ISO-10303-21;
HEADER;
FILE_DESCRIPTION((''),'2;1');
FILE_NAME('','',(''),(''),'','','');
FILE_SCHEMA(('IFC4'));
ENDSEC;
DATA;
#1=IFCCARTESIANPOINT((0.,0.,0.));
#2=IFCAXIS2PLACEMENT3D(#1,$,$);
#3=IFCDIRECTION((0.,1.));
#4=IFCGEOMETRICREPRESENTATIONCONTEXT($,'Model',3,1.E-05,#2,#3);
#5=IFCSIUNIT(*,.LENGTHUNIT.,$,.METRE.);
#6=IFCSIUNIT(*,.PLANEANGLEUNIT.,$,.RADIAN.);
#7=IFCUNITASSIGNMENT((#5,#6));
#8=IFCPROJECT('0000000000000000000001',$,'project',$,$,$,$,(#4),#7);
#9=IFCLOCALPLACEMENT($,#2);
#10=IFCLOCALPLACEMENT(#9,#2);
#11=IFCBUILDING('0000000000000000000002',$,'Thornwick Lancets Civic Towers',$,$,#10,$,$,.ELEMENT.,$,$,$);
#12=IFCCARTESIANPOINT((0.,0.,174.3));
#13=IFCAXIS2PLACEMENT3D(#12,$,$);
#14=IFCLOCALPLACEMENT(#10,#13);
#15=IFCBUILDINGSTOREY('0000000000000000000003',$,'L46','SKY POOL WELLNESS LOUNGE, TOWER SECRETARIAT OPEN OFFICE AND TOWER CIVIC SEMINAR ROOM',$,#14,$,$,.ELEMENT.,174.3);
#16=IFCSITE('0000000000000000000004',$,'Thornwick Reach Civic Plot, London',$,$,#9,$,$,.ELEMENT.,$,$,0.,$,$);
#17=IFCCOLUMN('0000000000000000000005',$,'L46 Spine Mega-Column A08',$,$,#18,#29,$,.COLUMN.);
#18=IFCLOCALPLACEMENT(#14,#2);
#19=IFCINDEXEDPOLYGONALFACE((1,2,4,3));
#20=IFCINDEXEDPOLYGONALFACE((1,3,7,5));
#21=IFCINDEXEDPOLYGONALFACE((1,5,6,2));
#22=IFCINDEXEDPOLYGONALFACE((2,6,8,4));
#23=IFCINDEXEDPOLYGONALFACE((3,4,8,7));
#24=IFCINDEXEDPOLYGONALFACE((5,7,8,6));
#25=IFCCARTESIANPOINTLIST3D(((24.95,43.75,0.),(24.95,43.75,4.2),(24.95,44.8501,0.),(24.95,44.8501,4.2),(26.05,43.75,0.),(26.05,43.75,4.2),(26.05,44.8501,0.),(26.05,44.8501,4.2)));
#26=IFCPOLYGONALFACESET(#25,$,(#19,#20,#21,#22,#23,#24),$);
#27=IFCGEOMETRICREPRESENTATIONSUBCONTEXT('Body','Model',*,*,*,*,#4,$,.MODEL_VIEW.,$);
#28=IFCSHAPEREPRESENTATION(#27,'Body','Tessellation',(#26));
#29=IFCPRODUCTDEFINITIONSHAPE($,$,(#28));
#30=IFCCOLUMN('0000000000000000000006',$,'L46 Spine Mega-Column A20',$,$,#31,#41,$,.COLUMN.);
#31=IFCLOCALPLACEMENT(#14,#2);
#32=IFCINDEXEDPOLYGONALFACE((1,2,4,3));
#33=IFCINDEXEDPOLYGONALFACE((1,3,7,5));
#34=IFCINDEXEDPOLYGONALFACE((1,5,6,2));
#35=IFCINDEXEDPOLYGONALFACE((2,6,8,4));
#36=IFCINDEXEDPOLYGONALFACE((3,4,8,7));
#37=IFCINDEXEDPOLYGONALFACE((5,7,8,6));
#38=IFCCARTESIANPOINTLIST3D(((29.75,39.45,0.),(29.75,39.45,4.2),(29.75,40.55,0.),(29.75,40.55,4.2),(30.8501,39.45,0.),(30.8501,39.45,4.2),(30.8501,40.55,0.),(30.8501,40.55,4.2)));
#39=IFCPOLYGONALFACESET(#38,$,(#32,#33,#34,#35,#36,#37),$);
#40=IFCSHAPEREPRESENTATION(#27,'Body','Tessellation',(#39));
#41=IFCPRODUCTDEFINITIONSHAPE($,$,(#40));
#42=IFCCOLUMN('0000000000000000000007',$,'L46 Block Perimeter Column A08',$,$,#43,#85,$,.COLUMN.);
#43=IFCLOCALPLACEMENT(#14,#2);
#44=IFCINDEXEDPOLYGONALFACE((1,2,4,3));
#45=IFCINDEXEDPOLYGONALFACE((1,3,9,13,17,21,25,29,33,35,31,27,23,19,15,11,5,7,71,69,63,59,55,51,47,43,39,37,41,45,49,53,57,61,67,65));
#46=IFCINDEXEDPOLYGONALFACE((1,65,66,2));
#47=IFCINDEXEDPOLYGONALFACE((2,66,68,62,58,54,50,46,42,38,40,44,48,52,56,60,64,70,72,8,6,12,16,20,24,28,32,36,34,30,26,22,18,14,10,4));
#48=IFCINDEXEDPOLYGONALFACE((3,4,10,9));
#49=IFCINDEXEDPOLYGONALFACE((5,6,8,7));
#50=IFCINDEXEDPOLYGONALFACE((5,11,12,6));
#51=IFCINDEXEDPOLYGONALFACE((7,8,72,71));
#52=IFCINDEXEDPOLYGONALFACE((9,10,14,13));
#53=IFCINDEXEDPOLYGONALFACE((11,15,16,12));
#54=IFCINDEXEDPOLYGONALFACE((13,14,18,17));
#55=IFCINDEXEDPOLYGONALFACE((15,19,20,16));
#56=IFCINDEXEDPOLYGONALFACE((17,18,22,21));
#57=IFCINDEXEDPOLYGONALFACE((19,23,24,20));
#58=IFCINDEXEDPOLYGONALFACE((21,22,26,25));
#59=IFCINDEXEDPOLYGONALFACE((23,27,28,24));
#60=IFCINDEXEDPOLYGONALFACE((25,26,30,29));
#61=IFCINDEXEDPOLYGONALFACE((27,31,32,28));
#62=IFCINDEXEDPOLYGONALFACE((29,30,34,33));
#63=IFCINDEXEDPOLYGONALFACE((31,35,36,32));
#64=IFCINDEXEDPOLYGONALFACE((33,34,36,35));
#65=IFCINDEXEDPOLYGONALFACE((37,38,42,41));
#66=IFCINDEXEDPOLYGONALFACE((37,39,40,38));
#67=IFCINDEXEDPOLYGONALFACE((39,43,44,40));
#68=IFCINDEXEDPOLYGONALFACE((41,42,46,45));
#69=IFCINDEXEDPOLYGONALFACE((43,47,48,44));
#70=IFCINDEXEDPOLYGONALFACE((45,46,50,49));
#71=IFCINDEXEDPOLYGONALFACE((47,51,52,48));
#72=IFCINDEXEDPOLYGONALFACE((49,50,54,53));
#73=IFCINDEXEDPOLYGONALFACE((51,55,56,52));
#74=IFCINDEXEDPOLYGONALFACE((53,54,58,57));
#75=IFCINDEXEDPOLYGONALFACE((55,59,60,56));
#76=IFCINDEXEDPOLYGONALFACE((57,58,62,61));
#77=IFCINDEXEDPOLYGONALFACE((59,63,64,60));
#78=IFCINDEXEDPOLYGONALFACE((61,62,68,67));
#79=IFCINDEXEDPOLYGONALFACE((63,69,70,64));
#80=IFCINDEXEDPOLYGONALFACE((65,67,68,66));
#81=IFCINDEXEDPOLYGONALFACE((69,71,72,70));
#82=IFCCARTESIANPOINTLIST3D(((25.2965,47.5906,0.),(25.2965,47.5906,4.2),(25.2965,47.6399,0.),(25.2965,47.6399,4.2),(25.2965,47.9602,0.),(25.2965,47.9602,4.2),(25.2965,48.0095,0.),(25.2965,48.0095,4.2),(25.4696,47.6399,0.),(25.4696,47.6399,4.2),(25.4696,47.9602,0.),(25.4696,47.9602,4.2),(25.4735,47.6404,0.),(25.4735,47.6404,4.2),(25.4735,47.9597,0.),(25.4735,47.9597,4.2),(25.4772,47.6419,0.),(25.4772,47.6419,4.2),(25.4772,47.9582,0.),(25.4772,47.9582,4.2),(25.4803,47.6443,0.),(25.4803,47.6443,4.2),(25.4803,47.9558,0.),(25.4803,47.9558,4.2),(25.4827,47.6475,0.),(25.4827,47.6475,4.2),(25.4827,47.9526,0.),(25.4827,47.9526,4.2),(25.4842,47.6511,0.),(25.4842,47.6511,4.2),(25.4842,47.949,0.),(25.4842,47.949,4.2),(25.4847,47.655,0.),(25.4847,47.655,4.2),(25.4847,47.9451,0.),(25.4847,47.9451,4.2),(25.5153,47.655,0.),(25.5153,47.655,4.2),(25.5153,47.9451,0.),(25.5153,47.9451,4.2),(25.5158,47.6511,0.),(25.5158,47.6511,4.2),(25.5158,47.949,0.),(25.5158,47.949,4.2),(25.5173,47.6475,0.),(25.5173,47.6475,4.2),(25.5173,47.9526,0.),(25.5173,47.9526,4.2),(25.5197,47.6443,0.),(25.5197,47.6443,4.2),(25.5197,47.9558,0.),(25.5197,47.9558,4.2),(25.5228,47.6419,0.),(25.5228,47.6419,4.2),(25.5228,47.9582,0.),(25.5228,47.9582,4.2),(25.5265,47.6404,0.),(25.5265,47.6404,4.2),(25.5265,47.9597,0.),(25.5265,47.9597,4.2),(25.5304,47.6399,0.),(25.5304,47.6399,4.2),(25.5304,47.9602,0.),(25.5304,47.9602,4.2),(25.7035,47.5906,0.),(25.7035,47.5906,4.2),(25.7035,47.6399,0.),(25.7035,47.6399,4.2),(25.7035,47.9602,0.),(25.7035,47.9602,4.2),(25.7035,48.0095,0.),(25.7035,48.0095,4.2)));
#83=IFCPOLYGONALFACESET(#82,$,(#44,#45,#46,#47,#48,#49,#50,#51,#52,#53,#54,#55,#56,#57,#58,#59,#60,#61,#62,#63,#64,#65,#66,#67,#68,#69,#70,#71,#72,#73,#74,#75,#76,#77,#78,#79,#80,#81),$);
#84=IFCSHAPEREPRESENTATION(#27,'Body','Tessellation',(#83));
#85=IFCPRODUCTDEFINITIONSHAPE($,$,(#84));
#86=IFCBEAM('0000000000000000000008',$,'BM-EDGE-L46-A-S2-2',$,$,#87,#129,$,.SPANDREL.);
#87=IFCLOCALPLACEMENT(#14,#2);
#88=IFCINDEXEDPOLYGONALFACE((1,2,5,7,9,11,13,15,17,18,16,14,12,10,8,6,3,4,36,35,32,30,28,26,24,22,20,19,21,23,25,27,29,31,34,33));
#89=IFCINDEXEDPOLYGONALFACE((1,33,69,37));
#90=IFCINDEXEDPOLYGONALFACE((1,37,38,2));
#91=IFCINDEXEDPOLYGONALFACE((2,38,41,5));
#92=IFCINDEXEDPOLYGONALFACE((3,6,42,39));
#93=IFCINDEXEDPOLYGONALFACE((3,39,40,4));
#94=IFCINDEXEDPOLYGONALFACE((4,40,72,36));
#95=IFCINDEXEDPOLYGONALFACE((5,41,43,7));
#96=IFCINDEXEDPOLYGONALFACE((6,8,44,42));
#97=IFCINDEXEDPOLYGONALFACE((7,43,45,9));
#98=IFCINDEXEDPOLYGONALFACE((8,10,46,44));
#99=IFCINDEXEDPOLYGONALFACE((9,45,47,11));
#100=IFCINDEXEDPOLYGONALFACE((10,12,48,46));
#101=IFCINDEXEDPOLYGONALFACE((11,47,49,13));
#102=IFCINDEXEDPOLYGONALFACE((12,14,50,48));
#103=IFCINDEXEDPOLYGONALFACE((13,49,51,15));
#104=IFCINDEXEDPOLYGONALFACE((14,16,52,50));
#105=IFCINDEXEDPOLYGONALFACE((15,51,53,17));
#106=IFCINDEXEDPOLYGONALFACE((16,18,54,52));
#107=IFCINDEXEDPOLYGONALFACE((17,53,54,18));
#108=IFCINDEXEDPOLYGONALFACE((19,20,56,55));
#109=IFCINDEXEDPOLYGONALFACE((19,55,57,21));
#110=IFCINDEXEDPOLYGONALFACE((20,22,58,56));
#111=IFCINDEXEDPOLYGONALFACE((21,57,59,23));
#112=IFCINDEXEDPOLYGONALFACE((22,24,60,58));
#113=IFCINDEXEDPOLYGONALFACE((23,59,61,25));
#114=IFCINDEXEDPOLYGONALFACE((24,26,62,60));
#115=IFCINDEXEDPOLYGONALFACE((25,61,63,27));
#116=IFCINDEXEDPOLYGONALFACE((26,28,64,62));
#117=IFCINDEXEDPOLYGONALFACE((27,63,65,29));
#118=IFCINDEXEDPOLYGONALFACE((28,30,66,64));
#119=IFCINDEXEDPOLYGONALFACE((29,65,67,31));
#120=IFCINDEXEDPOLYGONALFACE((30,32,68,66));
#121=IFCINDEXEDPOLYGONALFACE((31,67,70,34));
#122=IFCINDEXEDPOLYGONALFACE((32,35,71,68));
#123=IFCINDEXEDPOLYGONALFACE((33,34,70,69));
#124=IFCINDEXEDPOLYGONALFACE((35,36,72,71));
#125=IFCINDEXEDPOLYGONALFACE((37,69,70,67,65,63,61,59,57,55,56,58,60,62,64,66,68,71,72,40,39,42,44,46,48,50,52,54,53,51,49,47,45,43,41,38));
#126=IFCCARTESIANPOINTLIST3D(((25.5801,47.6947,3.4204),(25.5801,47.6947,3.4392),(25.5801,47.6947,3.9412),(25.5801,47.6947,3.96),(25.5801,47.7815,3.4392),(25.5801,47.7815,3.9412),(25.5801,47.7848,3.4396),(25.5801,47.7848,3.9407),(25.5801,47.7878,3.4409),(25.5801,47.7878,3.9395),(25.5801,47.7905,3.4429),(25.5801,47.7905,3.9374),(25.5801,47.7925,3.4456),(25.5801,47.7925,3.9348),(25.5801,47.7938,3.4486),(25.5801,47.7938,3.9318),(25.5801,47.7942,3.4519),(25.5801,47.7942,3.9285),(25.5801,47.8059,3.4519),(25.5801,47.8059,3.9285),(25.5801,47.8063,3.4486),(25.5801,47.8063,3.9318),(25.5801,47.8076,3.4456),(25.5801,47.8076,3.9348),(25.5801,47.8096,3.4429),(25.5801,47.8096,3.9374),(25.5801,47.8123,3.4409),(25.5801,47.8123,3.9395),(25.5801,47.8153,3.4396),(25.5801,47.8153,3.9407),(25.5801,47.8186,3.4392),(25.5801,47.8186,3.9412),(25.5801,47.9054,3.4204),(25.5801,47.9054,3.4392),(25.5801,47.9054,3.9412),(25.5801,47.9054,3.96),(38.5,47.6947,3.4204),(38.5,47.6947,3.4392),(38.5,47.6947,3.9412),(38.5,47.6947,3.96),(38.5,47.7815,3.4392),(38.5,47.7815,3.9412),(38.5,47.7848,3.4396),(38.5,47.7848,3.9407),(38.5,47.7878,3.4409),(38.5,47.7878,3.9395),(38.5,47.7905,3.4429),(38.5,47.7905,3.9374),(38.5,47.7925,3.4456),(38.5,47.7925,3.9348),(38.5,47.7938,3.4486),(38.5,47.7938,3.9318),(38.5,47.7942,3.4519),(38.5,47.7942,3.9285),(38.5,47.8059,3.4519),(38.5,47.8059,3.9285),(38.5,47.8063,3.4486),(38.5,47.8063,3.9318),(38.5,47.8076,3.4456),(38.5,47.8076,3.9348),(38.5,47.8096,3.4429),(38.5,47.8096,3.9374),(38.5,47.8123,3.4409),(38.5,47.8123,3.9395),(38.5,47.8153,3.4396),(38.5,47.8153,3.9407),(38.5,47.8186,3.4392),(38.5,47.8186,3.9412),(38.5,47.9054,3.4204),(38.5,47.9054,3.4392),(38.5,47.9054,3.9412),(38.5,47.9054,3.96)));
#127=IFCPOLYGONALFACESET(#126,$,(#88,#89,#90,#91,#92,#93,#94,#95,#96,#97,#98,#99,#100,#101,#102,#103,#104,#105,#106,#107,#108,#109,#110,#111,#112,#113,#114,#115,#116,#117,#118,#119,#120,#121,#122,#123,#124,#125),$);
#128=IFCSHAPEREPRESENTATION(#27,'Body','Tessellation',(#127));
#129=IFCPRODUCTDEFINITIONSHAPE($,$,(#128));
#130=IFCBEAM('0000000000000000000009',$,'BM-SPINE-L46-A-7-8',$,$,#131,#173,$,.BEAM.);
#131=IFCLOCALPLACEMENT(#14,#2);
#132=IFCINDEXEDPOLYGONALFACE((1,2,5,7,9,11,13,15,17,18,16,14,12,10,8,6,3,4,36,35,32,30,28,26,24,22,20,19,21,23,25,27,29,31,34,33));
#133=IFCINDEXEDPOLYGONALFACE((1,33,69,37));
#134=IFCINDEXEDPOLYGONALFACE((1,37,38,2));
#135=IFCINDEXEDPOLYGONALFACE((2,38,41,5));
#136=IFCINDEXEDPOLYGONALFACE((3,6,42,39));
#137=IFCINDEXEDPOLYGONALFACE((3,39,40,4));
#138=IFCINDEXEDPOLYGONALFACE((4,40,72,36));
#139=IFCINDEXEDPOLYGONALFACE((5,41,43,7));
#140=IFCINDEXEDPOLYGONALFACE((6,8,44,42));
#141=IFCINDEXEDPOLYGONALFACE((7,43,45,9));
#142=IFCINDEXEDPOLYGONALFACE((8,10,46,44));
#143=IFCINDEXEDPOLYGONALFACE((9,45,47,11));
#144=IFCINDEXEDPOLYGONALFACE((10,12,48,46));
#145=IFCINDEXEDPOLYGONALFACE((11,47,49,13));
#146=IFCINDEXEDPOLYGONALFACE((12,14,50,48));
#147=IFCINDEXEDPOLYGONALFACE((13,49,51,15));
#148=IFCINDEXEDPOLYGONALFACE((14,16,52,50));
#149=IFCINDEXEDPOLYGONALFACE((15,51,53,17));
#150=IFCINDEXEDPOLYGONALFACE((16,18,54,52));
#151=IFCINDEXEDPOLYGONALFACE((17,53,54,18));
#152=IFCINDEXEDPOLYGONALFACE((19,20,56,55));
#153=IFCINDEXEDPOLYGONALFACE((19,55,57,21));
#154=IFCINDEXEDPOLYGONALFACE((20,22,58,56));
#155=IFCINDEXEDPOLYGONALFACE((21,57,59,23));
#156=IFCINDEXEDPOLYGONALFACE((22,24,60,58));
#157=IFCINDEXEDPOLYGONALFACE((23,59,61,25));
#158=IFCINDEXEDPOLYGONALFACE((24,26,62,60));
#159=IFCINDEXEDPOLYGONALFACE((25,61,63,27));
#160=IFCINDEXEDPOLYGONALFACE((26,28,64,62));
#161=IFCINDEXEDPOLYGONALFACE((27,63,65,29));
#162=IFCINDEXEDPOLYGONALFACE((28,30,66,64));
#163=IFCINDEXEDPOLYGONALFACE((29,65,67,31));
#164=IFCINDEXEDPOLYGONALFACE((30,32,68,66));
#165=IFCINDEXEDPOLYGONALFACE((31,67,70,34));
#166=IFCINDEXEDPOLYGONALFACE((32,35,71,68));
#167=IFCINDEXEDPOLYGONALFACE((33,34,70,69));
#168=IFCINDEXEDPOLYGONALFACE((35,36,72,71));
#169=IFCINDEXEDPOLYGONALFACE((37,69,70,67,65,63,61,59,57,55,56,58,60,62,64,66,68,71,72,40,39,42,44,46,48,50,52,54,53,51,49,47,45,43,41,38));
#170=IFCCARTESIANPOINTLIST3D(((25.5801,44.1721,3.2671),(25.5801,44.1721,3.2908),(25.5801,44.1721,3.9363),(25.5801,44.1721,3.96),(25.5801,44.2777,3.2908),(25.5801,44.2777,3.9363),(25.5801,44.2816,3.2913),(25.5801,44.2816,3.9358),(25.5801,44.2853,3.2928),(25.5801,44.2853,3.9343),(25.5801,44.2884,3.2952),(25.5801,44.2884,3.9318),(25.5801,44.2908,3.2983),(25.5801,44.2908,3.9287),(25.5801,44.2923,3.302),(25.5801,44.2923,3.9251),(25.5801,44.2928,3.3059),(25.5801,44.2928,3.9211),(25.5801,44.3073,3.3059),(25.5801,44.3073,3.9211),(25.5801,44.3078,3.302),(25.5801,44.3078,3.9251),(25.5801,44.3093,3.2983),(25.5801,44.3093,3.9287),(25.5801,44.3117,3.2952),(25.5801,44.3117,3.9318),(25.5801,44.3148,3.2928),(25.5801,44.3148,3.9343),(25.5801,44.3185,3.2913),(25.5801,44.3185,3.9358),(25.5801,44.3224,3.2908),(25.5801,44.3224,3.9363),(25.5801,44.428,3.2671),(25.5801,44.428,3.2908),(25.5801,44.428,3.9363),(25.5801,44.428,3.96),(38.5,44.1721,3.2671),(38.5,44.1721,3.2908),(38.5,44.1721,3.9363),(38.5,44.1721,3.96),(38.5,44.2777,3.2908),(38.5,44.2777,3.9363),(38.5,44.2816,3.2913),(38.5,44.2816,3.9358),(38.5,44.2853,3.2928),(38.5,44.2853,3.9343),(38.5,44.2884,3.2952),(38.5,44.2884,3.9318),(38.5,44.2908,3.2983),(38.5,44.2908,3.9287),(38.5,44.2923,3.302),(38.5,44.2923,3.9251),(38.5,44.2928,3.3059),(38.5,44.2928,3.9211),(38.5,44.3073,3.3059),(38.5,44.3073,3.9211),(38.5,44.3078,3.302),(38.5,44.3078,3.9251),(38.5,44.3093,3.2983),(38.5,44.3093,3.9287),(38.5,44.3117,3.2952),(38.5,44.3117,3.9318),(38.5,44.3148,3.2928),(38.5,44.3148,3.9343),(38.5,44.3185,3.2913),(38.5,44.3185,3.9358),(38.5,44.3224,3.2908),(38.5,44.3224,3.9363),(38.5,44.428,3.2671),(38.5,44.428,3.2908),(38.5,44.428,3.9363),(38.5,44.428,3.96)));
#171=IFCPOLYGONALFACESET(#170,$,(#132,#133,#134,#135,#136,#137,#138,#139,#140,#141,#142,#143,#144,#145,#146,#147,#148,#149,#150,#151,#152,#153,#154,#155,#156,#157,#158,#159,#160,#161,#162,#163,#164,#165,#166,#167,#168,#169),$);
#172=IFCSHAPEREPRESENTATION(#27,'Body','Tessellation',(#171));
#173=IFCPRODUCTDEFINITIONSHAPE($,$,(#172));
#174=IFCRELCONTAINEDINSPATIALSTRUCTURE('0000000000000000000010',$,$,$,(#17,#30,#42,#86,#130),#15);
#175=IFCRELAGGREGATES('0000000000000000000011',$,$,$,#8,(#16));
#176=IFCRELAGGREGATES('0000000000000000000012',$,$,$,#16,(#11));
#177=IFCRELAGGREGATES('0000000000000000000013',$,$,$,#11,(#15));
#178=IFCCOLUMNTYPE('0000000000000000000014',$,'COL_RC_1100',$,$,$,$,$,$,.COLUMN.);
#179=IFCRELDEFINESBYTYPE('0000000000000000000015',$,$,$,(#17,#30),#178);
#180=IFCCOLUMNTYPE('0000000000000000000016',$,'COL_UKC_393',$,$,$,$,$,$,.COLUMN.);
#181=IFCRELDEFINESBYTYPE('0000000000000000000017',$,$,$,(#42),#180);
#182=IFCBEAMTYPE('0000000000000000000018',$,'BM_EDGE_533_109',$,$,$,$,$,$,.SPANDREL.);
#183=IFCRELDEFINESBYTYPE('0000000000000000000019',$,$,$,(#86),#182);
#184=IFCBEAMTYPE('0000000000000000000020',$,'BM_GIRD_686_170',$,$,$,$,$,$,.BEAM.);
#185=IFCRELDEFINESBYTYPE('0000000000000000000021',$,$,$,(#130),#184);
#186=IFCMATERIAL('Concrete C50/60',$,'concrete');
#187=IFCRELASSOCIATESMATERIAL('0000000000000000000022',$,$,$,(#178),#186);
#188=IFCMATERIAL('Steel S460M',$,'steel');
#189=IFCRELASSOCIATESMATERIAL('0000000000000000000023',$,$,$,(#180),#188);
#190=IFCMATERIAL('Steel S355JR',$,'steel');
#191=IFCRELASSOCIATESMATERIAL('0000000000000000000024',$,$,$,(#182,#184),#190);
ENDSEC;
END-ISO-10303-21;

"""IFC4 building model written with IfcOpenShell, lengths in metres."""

from ifc_helpers import new_model, si_unit, direction, frame, origin, origin_2d, place, context, subcontext, project, spatial, rectangle, i_section, extrude, material, material_profile, profile_set, type_object, element, save


model = new_model("IFC4")

# Units and contexts
model_context = context("Model", 3, precision=1e-05, world=origin(), true_north=direction((0.0, 1.0)))
body_context = subcontext(model_context, "Body", "Model", "MODEL_VIEW")
ifc_project = project(units=[si_unit("LENGTHUNIT", "METRE"), si_unit("PLANEANGLEUNIT", "RADIAN")], contexts=[model_context])

# Site, building, storey
site_placement = place(None, origin())
site = spatial("IfcSite", under=ifc_project, at=site_placement, Name="Thornwick Reach Civic Plot, London", CompositionType="ELEMENT", RefElevation=0.0)
building_placement = place(site_placement, origin())
building = spatial("IfcBuilding", under=site, at=building_placement, Name="Thornwick Lancets Civic Towers", CompositionType="ELEMENT")
storey_placement = place(building_placement, frame((0.0, 0.0, 174.3)))
storey = spatial("IfcBuildingStorey", under=building, at=storey_placement, Name="L46", Description="SKY POOL WELLNESS LOUNGE, TOWER SECRETARIAT OPEN OFFICE AND TOWER CIVIC SEMINAR ROOM", CompositionType="ELEMENT", Elevation=174.3)

# Columns
ifc_material_1 = material(Name="Concrete C50/60", Category="concrete")
ifc_material_profile_1 = material_profile(ifc_material_1, rectangle(XDim=1.1001, YDim=1.1001, at=origin_2d()), Name="RC 1100x1100")
ifc_profile_set_1 = profile_set([ifc_material_profile_1], Name="Concrete C50/60")
column_type_1 = type_object("IfcColumnType", Name="COL_RC_1100", PredefinedType="COLUMN", material=ifc_profile_set_1)
for number, where, z_axis, x_axis, name in (
    (1, (25.5, 44.3, 0.0), (0.0, 0.0, 1.0), (1.0, 0.0, 0.0), "L46 Spine Mega-Column A08"),
    (2, (30.3, 40.0, 0.0), (0.0, 0.0, 1.0), (1.0, 0.0, 0.0), "L46 Spine Mega-Column A20"),
):
    element("IfcColumn", number, at=place(storey_placement, frame(where, z_axis=z_axis, x_axis=x_axis)), inside=storey, type_object=column_type_1, Name=name, PredefinedType="COLUMN", context=body_context, shape_type="SweptSolid", body=[
        extrude(rectangle(XDim=1.1001, YDim=1.1001, at=origin_2d()), origin(), (0.0, 0.0, 1.0), 4.2),
    ])
ifc_material_2 = material(Name="Steel S460M", Category="steel")
ifc_material_profile_2 = material_profile(ifc_material_2, i_section(OverallWidth=0.407, OverallDepth=0.4189, WebThickness=0.0305, FlangeThickness=0.0493, FilletRadius=0.0151, at=origin_2d()), Name="UKC 356x406x393")
ifc_profile_set_2 = profile_set([ifc_material_profile_2], Name="Steel S460M")
column_type_2 = type_object("IfcColumnType", Name="COL_UKC_393", PredefinedType="COLUMN", material=ifc_profile_set_2)
column_placement = place(storey_placement, frame((25.5, 47.8, 0.0), z_axis=(0.0, 0.0, 1.0), x_axis=(1.0, 0.0, 0.0)))
element("IfcColumn", 3, at=column_placement, inside=storey, type_object=column_type_2, Name="L46 Block Perimeter Column A08", PredefinedType="COLUMN", context=body_context, shape_type="SweptSolid", body=[
    extrude(i_section(OverallWidth=0.407, OverallDepth=0.4189, WebThickness=0.0305, FlangeThickness=0.0493, FilletRadius=0.0151, at=origin_2d()), origin(), (0.0, 0.0, 1.0), 4.2),
])

# Beams
ifc_material_3 = material(Name="Steel S355JR", Category="steel")
ifc_material_profile_3 = material_profile(ifc_material_3, i_section(OverallWidth=0.2107, OverallDepth=0.5396, WebThickness=0.0117, FlangeThickness=0.0188, FilletRadius=0.0127, at=origin_2d()), Name="UKB 533x210x109")
ifc_profile_set_3 = profile_set([ifc_material_profile_3], Name="Steel S355JR")
beam_type_1 = type_object("IfcBeamType", Name="BM_EDGE_533_109", PredefinedType="SPANDREL", material=ifc_profile_set_3)
beam_1_placement = place(storey_placement, frame((25.5801, 47.8, 3.6902), z_axis=(1.0, 0.0, 0.0), x_axis=(0.0, 1.0, 0.0)))
element("IfcBeam", 4, at=beam_1_placement, inside=storey, type_object=beam_type_1, Name="BM-EDGE-L46-A-S2-2", PredefinedType="SPANDREL", context=body_context, shape_type="SweptSolid", body=[
    extrude(i_section(OverallWidth=0.2107, OverallDepth=0.5396, WebThickness=0.0117, FlangeThickness=0.0188, FilletRadius=0.0127, at=origin_2d()), origin(), (0.0, 0.0, 1.0), 12.9199),
])
ifc_material_profile_4 = material_profile(ifc_material_3, i_section(OverallWidth=0.2559, OverallDepth=0.6929, WebThickness=0.0144, FlangeThickness=0.0237, FilletRadius=0.0151, at=origin_2d()), Name="UKB 686x254x170")
ifc_profile_set_4 = profile_set([ifc_material_profile_4], Name="Steel S355JR")
beam_type_2 = type_object("IfcBeamType", Name="BM_GIRD_686_170", PredefinedType="BEAM", material=ifc_profile_set_4)
beam_2_placement = place(storey_placement, frame((25.5801, 44.3, 3.6135), z_axis=(1.0, 0.0, 0.0), x_axis=(0.0, 1.0, 0.0)))
element("IfcBeam", 5, at=beam_2_placement, inside=storey, type_object=beam_type_2, Name="BM-SPINE-L46-A-7-8", PredefinedType="BEAM", context=body_context, shape_type="SweptSolid", body=[
    extrude(i_section(OverallWidth=0.2559, OverallDepth=0.6929, WebThickness=0.0144, FlangeThickness=0.0237, FilletRadius=0.0151, at=origin_2d()), origin(), (0.0, 0.0, 1.0), 12.9199),
])

save(model, "model.ifc")
